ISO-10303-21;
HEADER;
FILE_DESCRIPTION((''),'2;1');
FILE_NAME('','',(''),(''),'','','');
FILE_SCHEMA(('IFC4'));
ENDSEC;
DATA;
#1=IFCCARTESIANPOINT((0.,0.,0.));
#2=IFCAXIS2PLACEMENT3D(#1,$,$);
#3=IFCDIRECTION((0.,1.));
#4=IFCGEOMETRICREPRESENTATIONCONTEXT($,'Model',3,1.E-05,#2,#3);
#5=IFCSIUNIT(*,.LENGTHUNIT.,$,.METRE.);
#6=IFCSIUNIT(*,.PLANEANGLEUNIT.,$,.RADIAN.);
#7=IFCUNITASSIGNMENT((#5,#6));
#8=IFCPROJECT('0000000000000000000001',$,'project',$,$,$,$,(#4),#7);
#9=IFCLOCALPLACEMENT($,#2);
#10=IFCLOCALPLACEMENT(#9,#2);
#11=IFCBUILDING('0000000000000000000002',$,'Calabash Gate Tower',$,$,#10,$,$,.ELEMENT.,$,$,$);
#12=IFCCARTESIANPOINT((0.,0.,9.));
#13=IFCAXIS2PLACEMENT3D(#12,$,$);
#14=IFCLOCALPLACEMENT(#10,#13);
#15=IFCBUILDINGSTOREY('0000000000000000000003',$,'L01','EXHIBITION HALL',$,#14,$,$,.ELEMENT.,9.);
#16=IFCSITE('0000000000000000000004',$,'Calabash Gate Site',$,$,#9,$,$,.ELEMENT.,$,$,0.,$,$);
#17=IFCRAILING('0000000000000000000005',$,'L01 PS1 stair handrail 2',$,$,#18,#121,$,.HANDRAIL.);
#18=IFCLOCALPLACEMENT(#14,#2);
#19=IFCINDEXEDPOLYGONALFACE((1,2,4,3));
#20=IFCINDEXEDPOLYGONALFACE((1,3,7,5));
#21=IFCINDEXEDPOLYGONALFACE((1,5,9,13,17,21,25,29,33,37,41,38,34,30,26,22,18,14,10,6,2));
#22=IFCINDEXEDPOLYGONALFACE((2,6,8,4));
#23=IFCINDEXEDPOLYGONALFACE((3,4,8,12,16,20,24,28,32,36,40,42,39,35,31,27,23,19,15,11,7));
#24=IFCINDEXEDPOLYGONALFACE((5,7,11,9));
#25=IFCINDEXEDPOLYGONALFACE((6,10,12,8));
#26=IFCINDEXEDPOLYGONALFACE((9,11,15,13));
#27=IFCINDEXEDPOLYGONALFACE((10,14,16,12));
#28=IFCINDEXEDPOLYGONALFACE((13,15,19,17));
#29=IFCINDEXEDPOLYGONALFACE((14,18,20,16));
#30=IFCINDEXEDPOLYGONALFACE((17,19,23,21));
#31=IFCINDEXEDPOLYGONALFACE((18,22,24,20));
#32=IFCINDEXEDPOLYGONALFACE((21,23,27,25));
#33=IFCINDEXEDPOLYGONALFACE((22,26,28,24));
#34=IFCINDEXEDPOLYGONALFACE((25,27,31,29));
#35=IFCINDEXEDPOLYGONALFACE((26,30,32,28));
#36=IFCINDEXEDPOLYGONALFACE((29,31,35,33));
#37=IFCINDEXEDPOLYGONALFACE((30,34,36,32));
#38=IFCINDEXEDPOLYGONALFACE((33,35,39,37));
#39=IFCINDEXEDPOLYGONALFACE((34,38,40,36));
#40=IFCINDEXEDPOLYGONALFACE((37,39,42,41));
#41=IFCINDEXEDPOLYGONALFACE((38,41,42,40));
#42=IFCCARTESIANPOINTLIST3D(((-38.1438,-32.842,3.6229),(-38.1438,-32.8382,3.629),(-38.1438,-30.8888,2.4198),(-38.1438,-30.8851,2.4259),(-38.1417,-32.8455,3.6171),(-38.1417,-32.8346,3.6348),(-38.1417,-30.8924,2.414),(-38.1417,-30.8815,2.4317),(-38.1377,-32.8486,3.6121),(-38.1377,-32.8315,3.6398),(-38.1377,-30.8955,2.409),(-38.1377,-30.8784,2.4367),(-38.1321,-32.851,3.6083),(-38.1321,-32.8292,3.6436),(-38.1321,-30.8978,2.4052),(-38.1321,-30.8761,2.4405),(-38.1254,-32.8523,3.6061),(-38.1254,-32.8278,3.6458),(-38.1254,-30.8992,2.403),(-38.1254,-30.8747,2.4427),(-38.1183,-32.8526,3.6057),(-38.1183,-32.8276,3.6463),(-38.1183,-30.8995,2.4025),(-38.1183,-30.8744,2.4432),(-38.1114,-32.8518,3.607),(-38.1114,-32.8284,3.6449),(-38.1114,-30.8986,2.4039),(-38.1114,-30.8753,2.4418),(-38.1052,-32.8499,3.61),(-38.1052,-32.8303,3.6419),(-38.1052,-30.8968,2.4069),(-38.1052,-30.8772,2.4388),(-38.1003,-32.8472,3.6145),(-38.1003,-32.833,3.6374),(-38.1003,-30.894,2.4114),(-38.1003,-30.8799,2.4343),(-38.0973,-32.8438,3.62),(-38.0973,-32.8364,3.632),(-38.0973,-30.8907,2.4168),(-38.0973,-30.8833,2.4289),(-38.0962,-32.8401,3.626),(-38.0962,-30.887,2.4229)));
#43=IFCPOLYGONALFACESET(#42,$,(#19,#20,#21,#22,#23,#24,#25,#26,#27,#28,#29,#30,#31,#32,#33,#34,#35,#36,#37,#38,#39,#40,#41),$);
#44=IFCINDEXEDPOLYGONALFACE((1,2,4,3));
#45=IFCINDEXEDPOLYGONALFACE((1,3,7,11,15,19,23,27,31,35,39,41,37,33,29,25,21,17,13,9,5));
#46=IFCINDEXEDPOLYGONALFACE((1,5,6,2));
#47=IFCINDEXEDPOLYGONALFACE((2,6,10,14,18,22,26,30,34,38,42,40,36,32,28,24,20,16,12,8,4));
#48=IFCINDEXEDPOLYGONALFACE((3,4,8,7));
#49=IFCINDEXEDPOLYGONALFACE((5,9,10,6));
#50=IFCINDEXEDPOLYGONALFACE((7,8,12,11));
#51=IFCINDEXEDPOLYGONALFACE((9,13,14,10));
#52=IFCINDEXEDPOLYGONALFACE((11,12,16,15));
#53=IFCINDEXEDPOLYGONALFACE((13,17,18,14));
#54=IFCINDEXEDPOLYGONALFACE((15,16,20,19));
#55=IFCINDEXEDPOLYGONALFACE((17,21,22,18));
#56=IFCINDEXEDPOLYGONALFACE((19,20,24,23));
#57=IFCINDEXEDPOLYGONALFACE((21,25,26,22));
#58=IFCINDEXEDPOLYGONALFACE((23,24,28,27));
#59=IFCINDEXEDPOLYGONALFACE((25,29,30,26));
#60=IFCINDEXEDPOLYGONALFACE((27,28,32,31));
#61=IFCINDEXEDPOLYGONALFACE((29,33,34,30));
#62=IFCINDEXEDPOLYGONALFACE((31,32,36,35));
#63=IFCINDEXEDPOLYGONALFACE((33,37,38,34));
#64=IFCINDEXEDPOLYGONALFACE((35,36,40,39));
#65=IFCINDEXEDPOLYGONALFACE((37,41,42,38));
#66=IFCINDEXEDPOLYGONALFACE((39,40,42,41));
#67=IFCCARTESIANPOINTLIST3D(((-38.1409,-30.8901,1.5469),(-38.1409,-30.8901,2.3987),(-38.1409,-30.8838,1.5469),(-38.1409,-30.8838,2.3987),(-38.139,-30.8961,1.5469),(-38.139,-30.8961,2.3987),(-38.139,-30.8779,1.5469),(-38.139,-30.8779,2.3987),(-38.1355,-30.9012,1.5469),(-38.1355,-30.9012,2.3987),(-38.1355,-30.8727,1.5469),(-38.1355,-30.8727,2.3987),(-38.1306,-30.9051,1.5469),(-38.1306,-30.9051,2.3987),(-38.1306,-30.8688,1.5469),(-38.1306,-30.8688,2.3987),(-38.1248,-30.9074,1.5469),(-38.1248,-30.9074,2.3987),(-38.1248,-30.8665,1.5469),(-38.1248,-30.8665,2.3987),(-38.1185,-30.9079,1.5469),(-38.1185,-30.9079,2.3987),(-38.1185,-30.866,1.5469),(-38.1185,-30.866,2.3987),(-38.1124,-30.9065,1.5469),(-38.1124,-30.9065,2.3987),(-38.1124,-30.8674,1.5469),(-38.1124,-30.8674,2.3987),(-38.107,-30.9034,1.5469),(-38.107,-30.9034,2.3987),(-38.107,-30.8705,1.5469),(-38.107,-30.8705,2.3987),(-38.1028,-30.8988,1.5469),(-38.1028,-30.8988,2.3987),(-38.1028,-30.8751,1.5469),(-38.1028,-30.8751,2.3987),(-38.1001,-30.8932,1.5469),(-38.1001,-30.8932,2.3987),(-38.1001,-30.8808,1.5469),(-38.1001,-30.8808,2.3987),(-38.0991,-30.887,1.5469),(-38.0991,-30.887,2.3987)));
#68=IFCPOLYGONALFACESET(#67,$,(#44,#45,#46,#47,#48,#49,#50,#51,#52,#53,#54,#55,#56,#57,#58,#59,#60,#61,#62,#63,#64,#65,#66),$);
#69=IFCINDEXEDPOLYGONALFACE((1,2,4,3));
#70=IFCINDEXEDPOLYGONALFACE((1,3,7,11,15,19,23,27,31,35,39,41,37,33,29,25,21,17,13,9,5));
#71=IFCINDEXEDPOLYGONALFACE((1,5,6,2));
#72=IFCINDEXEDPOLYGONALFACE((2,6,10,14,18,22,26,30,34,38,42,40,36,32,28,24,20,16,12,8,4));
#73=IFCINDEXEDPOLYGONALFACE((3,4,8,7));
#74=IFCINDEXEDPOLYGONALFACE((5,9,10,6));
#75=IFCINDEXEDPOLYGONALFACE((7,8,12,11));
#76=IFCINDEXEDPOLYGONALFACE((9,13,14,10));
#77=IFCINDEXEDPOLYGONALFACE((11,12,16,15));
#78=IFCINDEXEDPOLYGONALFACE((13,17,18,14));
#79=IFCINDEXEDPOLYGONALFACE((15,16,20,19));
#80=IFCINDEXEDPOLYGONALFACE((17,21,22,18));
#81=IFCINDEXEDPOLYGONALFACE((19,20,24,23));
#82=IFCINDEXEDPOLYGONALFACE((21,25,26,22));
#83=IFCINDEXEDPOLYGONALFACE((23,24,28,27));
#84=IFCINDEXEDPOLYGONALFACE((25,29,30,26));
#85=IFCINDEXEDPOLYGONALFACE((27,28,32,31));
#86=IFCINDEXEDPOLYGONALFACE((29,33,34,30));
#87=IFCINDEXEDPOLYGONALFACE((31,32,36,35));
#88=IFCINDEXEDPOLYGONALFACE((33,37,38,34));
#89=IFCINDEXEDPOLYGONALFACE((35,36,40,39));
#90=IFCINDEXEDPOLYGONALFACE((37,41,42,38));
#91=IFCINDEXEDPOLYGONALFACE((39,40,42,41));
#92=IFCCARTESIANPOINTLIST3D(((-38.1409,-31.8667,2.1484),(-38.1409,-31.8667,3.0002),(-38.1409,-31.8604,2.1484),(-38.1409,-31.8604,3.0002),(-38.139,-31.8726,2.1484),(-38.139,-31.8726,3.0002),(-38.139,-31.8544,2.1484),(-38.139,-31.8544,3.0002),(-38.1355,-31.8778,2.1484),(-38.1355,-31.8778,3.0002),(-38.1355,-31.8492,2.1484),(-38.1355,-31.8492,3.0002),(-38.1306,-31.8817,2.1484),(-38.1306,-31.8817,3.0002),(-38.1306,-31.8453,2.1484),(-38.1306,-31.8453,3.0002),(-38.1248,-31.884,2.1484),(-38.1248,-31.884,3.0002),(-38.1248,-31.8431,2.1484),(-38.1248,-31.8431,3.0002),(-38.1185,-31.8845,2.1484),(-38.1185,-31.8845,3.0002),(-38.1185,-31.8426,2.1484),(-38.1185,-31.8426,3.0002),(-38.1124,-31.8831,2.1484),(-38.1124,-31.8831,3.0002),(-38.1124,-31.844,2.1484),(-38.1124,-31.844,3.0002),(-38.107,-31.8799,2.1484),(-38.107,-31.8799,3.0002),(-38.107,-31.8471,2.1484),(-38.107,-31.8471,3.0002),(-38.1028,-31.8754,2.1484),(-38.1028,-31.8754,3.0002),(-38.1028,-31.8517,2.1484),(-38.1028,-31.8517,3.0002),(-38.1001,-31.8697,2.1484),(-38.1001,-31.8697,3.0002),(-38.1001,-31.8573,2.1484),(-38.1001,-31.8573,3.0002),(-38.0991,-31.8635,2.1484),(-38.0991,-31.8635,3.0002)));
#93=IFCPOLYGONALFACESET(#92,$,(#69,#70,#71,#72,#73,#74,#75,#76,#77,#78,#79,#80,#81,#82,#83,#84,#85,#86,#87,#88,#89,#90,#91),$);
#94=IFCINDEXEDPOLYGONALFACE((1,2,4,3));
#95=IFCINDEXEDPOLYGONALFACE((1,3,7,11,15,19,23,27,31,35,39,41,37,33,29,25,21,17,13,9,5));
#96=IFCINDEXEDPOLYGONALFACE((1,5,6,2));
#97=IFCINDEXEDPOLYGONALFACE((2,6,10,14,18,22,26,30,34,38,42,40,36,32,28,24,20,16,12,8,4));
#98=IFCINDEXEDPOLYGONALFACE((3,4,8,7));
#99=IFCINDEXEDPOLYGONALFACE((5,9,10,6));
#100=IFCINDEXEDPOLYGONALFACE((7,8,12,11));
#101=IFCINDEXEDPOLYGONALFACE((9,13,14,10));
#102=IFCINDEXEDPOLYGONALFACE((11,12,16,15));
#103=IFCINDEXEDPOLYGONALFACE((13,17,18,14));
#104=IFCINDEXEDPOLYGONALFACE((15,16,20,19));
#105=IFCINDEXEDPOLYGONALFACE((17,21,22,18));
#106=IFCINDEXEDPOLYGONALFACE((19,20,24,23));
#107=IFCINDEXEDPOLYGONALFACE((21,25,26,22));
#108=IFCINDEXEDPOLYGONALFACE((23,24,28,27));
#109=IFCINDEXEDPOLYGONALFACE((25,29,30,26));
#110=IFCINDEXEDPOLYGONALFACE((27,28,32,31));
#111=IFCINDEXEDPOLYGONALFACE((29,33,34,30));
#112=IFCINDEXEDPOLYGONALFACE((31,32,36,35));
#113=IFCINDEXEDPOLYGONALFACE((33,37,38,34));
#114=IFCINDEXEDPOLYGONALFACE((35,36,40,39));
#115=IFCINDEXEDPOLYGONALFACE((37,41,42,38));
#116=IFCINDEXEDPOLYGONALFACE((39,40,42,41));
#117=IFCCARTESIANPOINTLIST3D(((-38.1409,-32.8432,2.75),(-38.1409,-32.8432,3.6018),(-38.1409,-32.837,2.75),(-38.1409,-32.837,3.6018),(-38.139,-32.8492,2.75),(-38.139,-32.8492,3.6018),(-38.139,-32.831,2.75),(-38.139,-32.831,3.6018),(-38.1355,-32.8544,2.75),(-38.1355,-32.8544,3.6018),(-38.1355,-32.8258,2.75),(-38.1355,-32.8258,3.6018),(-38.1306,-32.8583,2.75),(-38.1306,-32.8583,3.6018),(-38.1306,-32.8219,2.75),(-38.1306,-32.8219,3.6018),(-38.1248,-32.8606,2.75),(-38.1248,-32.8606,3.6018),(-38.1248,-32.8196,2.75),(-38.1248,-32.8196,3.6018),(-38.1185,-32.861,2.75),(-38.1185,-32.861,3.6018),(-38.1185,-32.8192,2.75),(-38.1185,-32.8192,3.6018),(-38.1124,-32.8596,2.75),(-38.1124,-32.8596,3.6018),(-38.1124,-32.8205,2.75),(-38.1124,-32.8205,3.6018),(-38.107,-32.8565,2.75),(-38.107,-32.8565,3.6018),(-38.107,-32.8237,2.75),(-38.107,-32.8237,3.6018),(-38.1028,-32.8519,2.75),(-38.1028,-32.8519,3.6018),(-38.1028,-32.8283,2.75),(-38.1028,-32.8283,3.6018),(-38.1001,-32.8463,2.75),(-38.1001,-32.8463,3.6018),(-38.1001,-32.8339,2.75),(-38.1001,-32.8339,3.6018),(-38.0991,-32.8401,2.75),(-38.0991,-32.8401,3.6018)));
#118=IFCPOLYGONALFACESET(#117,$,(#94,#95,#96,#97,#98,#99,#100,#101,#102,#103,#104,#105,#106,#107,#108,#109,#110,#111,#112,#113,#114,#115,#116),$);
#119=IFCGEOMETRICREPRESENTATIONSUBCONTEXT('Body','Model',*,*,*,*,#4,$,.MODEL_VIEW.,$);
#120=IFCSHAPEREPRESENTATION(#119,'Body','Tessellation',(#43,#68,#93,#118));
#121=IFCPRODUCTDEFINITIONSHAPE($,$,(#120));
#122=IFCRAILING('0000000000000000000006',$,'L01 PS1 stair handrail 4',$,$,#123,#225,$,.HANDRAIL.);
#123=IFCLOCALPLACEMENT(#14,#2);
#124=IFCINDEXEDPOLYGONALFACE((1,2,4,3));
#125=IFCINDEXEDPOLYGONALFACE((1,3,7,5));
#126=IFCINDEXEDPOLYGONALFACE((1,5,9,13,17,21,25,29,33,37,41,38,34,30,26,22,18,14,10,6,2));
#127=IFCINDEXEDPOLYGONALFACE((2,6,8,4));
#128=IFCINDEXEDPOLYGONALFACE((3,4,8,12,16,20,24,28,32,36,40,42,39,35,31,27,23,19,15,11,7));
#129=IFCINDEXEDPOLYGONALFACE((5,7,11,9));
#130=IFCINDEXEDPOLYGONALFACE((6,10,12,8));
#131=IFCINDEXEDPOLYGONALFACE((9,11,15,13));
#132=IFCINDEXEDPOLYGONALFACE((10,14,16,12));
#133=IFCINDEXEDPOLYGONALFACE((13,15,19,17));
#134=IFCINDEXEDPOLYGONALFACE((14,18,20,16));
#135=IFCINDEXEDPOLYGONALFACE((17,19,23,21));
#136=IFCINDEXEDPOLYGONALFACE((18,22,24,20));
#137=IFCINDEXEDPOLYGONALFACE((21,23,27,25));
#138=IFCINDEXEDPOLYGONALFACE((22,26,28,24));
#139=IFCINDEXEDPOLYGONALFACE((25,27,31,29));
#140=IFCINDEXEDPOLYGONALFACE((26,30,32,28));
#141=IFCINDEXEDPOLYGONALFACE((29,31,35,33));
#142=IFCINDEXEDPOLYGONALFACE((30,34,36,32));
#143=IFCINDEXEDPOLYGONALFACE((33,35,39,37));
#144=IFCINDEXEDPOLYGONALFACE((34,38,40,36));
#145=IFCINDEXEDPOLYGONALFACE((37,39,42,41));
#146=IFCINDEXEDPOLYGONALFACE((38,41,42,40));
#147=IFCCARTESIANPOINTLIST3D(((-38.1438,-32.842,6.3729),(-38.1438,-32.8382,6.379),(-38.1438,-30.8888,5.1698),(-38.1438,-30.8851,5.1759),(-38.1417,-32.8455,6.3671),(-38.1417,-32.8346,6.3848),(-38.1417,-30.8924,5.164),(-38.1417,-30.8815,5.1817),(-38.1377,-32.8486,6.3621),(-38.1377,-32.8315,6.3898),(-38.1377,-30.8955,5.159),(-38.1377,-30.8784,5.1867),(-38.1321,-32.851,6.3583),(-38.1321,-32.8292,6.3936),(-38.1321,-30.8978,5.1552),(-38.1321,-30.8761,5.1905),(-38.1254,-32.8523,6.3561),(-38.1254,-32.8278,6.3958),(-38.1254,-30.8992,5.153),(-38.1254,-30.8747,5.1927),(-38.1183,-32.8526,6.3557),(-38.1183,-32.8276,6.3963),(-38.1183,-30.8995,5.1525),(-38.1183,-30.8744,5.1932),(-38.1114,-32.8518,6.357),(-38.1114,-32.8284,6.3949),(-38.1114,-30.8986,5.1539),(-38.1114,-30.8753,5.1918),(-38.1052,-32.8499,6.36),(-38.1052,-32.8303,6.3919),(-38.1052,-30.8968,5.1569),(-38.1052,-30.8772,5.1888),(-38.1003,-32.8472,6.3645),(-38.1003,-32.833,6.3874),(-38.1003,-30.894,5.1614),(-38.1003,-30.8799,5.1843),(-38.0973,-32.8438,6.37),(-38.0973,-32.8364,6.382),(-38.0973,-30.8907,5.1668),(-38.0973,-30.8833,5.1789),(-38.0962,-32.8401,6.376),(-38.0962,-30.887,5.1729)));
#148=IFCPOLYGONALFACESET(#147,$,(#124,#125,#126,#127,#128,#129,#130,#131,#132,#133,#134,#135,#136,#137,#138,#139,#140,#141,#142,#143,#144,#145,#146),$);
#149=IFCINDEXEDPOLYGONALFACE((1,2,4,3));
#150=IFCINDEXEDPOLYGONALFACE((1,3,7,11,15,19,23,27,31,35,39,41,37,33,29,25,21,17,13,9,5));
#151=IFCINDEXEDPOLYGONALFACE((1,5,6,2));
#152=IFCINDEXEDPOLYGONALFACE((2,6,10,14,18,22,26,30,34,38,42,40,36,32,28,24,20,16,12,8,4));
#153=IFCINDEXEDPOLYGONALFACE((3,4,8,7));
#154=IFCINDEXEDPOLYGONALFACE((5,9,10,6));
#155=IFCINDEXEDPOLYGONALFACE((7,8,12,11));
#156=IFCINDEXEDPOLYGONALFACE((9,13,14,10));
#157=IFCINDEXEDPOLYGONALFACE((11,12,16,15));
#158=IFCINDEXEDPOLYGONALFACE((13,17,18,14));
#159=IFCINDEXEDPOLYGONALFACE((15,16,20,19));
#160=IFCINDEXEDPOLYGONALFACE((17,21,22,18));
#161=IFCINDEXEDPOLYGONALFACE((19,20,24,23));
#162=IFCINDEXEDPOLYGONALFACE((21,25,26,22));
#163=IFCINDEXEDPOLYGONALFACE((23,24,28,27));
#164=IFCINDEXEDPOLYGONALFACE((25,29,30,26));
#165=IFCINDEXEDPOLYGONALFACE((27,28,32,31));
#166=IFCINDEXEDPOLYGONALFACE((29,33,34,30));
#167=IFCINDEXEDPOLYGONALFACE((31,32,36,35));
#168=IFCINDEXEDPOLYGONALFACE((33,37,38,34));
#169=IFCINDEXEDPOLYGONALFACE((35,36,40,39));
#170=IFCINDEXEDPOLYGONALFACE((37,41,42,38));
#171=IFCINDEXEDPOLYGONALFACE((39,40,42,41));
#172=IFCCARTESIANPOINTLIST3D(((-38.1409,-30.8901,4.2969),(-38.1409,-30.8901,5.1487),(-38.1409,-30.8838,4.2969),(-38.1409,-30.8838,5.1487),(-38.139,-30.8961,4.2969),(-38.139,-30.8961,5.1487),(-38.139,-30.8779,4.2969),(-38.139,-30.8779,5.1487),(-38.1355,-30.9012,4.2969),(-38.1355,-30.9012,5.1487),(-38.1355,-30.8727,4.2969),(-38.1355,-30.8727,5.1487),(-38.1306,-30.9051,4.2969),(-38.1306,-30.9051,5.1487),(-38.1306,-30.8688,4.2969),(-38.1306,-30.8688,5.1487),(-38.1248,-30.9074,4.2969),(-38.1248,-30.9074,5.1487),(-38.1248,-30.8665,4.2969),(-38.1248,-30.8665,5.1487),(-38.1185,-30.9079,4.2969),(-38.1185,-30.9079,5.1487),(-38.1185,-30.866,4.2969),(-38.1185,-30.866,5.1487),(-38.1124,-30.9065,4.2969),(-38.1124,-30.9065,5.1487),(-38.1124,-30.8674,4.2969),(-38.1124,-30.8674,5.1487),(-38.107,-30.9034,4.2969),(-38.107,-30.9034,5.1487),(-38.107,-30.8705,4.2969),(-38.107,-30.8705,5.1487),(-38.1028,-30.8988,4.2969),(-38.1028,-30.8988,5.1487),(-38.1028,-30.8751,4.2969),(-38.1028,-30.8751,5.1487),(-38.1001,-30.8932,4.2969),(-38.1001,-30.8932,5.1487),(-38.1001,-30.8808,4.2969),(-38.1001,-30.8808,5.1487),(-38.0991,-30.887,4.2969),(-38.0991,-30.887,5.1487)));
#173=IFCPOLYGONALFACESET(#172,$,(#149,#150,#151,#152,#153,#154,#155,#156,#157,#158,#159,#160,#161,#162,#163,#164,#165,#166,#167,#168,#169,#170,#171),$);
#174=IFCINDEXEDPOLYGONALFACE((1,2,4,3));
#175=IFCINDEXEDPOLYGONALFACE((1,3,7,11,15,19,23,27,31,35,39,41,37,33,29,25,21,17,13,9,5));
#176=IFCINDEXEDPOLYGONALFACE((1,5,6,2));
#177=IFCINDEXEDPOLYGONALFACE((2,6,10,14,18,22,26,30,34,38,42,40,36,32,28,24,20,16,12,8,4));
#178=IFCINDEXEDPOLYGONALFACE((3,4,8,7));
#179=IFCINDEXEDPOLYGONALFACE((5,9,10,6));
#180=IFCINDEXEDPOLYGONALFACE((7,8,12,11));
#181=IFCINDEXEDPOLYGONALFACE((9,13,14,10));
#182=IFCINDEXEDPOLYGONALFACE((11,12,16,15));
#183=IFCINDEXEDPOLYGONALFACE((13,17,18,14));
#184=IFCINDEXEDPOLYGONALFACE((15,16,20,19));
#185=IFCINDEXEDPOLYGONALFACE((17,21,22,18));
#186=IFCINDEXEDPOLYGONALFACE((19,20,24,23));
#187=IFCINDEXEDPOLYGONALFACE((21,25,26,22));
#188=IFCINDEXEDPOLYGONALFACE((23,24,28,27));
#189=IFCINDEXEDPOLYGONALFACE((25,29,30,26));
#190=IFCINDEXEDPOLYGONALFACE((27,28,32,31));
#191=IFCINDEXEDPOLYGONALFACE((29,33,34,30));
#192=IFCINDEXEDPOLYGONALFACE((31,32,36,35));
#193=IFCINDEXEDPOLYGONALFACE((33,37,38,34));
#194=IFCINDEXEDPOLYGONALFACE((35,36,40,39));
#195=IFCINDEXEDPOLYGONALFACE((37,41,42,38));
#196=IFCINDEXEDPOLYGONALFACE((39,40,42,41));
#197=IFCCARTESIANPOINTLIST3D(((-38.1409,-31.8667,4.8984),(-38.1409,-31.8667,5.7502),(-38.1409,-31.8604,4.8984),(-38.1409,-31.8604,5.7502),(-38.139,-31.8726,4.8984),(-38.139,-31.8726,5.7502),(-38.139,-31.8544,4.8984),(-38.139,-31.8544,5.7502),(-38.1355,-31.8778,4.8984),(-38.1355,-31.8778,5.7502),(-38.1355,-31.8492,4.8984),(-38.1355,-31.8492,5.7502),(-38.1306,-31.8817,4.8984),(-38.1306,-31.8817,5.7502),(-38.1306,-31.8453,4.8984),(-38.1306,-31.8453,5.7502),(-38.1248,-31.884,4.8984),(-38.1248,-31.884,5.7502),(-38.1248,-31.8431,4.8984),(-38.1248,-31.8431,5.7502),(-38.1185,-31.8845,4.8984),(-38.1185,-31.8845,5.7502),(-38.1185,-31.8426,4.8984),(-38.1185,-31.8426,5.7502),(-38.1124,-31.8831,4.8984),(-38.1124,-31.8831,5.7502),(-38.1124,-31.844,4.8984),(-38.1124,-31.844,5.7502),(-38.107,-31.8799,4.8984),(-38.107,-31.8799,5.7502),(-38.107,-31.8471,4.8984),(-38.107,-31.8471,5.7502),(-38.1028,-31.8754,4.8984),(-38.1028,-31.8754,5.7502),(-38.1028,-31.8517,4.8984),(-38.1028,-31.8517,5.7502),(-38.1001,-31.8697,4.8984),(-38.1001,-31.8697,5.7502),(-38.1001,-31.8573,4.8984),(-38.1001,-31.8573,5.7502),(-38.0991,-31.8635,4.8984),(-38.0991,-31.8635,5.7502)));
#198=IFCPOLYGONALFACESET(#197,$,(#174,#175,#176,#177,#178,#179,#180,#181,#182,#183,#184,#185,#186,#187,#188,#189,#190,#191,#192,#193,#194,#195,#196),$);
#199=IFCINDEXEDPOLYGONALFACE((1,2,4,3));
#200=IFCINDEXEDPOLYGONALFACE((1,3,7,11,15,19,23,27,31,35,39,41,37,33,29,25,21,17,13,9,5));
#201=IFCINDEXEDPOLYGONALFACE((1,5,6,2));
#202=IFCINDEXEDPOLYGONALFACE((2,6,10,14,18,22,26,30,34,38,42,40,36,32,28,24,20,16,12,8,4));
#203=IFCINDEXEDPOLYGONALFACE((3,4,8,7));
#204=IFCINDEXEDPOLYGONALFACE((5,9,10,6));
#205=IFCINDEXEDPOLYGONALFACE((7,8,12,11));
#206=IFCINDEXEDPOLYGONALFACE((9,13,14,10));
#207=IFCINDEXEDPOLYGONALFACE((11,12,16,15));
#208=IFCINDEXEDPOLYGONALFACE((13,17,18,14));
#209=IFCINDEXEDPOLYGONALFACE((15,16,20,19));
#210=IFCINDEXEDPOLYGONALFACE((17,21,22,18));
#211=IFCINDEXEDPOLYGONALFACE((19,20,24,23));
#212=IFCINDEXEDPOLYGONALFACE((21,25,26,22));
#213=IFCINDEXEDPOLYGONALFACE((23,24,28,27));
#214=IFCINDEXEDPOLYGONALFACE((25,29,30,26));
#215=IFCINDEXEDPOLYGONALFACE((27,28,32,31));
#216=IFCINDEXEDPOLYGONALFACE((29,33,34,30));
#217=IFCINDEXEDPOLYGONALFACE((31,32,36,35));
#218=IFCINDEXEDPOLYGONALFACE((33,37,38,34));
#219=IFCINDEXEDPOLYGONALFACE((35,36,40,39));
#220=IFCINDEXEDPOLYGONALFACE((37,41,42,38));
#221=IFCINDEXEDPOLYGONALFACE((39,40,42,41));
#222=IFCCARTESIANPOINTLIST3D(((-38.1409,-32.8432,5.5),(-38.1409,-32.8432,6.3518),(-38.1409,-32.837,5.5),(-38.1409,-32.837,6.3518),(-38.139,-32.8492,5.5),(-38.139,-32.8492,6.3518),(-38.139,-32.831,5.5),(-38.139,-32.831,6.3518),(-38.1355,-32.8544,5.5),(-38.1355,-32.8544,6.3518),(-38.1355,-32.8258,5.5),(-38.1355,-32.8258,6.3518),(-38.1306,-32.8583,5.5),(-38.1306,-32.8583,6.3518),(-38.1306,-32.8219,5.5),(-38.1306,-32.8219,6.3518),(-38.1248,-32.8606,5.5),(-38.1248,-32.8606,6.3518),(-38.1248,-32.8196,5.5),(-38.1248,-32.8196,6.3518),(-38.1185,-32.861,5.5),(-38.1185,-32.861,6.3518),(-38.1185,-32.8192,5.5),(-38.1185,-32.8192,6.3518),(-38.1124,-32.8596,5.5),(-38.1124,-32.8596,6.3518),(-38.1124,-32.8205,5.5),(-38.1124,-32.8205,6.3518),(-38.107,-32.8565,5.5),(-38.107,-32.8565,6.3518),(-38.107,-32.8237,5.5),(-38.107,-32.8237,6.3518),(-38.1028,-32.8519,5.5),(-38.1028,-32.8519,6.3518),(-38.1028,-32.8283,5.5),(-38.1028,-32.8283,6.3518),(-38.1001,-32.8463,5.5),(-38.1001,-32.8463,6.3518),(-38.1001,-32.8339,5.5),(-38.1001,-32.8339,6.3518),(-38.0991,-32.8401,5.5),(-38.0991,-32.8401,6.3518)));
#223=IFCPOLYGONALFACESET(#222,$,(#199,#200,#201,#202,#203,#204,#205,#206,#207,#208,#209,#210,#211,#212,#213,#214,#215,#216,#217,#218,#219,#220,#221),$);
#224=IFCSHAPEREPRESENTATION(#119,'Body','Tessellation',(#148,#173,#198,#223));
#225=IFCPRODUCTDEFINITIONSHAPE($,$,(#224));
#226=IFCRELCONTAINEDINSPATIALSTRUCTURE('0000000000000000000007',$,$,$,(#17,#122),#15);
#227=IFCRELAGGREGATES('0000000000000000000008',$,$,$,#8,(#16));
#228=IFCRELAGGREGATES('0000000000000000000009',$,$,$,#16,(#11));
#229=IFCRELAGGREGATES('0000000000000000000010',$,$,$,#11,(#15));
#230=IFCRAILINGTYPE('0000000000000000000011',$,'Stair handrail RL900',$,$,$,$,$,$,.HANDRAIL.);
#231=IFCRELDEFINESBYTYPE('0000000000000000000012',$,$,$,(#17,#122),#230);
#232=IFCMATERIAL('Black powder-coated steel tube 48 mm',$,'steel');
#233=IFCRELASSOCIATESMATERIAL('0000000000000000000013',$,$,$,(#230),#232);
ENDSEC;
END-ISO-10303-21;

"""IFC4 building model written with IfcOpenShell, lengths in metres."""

from ifc_helpers import new_model, si_unit, direction, frame, origin, origin_2d, place, context, subcontext, project, spatial, circle, extrude, material, type_object, element, save


model = new_model("IFC4")

# Units and contexts
model_context = context("Model", 3, precision=1e-05, world=origin(), true_north=direction((0.0, 1.0)))
body_context = subcontext(model_context, "Body", "Model", "MODEL_VIEW")
ifc_project = project(units=[si_unit("LENGTHUNIT", "METRE"), si_unit("PLANEANGLEUNIT", "RADIAN")], contexts=[model_context])

# Site, building, storey
site_placement = place(None, origin())
site = spatial("IfcSite", under=ifc_project, at=site_placement, Name="Calabash Gate Site", CompositionType="ELEMENT", RefElevation=0.0)
building_placement = place(site_placement, origin())
building = spatial("IfcBuilding", under=site, at=building_placement, Name="Calabash Gate Tower", CompositionType="ELEMENT")
storey_placement = place(building_placement, frame((0.0, 0.0, 9.0)))
storey = spatial("IfcBuildingStorey", under=building, at=storey_placement, Name="L01", Description="EXHIBITION HALL", CompositionType="ELEMENT", Elevation=9.0)

# Railings
ifc_material_1 = material(Name="Black powder-coated steel tube 48 mm", Category="steel")
railing_type_1 = type_object("IfcRailingType", Name="Stair handrail RL900", PredefinedType="HANDRAIL", material=ifc_material_1)
for number, where, name in (
    (1, (-38.1201, -30.887, 1.5469), "L01 PS1 stair handrail 2"),
    (2, (-38.1201, -30.887, 4.2969), "L01 PS1 stair handrail 4"),
):
    element("IfcRailing", number, at=place(storey_placement, frame(where)), inside=storey, type_object=railing_type_1, Name=name, PredefinedType="HANDRAIL", context=body_context, shape_type="SweptSolid", body=[
        extrude(circle(Radius=0.0239, at=origin_2d()), frame((0.0, 0.0, 0.876), z_axis=(0.0, -0.851424, 0.524477), x_axis=(1.0, 0.0, 0.0)), (0.0, 0.0, 1.0), 2.2939),
        extrude(circle(Radius=0.021, at=origin_2d()), origin(), (0.0, 0.0, 1.0), 0.8518),
        extrude(circle(Radius=0.021, at=origin_2d()), frame((0.0, -0.9766, 0.6016)), (0.0, 0.0, 1.0), 0.8518),
        extrude(circle(Radius=0.021, at=origin_2d()), frame((0.0, -1.9531, 1.2031)), (0.0, 0.0, 1.0), 0.8518),
    ])

save(model, "model.ifc")
